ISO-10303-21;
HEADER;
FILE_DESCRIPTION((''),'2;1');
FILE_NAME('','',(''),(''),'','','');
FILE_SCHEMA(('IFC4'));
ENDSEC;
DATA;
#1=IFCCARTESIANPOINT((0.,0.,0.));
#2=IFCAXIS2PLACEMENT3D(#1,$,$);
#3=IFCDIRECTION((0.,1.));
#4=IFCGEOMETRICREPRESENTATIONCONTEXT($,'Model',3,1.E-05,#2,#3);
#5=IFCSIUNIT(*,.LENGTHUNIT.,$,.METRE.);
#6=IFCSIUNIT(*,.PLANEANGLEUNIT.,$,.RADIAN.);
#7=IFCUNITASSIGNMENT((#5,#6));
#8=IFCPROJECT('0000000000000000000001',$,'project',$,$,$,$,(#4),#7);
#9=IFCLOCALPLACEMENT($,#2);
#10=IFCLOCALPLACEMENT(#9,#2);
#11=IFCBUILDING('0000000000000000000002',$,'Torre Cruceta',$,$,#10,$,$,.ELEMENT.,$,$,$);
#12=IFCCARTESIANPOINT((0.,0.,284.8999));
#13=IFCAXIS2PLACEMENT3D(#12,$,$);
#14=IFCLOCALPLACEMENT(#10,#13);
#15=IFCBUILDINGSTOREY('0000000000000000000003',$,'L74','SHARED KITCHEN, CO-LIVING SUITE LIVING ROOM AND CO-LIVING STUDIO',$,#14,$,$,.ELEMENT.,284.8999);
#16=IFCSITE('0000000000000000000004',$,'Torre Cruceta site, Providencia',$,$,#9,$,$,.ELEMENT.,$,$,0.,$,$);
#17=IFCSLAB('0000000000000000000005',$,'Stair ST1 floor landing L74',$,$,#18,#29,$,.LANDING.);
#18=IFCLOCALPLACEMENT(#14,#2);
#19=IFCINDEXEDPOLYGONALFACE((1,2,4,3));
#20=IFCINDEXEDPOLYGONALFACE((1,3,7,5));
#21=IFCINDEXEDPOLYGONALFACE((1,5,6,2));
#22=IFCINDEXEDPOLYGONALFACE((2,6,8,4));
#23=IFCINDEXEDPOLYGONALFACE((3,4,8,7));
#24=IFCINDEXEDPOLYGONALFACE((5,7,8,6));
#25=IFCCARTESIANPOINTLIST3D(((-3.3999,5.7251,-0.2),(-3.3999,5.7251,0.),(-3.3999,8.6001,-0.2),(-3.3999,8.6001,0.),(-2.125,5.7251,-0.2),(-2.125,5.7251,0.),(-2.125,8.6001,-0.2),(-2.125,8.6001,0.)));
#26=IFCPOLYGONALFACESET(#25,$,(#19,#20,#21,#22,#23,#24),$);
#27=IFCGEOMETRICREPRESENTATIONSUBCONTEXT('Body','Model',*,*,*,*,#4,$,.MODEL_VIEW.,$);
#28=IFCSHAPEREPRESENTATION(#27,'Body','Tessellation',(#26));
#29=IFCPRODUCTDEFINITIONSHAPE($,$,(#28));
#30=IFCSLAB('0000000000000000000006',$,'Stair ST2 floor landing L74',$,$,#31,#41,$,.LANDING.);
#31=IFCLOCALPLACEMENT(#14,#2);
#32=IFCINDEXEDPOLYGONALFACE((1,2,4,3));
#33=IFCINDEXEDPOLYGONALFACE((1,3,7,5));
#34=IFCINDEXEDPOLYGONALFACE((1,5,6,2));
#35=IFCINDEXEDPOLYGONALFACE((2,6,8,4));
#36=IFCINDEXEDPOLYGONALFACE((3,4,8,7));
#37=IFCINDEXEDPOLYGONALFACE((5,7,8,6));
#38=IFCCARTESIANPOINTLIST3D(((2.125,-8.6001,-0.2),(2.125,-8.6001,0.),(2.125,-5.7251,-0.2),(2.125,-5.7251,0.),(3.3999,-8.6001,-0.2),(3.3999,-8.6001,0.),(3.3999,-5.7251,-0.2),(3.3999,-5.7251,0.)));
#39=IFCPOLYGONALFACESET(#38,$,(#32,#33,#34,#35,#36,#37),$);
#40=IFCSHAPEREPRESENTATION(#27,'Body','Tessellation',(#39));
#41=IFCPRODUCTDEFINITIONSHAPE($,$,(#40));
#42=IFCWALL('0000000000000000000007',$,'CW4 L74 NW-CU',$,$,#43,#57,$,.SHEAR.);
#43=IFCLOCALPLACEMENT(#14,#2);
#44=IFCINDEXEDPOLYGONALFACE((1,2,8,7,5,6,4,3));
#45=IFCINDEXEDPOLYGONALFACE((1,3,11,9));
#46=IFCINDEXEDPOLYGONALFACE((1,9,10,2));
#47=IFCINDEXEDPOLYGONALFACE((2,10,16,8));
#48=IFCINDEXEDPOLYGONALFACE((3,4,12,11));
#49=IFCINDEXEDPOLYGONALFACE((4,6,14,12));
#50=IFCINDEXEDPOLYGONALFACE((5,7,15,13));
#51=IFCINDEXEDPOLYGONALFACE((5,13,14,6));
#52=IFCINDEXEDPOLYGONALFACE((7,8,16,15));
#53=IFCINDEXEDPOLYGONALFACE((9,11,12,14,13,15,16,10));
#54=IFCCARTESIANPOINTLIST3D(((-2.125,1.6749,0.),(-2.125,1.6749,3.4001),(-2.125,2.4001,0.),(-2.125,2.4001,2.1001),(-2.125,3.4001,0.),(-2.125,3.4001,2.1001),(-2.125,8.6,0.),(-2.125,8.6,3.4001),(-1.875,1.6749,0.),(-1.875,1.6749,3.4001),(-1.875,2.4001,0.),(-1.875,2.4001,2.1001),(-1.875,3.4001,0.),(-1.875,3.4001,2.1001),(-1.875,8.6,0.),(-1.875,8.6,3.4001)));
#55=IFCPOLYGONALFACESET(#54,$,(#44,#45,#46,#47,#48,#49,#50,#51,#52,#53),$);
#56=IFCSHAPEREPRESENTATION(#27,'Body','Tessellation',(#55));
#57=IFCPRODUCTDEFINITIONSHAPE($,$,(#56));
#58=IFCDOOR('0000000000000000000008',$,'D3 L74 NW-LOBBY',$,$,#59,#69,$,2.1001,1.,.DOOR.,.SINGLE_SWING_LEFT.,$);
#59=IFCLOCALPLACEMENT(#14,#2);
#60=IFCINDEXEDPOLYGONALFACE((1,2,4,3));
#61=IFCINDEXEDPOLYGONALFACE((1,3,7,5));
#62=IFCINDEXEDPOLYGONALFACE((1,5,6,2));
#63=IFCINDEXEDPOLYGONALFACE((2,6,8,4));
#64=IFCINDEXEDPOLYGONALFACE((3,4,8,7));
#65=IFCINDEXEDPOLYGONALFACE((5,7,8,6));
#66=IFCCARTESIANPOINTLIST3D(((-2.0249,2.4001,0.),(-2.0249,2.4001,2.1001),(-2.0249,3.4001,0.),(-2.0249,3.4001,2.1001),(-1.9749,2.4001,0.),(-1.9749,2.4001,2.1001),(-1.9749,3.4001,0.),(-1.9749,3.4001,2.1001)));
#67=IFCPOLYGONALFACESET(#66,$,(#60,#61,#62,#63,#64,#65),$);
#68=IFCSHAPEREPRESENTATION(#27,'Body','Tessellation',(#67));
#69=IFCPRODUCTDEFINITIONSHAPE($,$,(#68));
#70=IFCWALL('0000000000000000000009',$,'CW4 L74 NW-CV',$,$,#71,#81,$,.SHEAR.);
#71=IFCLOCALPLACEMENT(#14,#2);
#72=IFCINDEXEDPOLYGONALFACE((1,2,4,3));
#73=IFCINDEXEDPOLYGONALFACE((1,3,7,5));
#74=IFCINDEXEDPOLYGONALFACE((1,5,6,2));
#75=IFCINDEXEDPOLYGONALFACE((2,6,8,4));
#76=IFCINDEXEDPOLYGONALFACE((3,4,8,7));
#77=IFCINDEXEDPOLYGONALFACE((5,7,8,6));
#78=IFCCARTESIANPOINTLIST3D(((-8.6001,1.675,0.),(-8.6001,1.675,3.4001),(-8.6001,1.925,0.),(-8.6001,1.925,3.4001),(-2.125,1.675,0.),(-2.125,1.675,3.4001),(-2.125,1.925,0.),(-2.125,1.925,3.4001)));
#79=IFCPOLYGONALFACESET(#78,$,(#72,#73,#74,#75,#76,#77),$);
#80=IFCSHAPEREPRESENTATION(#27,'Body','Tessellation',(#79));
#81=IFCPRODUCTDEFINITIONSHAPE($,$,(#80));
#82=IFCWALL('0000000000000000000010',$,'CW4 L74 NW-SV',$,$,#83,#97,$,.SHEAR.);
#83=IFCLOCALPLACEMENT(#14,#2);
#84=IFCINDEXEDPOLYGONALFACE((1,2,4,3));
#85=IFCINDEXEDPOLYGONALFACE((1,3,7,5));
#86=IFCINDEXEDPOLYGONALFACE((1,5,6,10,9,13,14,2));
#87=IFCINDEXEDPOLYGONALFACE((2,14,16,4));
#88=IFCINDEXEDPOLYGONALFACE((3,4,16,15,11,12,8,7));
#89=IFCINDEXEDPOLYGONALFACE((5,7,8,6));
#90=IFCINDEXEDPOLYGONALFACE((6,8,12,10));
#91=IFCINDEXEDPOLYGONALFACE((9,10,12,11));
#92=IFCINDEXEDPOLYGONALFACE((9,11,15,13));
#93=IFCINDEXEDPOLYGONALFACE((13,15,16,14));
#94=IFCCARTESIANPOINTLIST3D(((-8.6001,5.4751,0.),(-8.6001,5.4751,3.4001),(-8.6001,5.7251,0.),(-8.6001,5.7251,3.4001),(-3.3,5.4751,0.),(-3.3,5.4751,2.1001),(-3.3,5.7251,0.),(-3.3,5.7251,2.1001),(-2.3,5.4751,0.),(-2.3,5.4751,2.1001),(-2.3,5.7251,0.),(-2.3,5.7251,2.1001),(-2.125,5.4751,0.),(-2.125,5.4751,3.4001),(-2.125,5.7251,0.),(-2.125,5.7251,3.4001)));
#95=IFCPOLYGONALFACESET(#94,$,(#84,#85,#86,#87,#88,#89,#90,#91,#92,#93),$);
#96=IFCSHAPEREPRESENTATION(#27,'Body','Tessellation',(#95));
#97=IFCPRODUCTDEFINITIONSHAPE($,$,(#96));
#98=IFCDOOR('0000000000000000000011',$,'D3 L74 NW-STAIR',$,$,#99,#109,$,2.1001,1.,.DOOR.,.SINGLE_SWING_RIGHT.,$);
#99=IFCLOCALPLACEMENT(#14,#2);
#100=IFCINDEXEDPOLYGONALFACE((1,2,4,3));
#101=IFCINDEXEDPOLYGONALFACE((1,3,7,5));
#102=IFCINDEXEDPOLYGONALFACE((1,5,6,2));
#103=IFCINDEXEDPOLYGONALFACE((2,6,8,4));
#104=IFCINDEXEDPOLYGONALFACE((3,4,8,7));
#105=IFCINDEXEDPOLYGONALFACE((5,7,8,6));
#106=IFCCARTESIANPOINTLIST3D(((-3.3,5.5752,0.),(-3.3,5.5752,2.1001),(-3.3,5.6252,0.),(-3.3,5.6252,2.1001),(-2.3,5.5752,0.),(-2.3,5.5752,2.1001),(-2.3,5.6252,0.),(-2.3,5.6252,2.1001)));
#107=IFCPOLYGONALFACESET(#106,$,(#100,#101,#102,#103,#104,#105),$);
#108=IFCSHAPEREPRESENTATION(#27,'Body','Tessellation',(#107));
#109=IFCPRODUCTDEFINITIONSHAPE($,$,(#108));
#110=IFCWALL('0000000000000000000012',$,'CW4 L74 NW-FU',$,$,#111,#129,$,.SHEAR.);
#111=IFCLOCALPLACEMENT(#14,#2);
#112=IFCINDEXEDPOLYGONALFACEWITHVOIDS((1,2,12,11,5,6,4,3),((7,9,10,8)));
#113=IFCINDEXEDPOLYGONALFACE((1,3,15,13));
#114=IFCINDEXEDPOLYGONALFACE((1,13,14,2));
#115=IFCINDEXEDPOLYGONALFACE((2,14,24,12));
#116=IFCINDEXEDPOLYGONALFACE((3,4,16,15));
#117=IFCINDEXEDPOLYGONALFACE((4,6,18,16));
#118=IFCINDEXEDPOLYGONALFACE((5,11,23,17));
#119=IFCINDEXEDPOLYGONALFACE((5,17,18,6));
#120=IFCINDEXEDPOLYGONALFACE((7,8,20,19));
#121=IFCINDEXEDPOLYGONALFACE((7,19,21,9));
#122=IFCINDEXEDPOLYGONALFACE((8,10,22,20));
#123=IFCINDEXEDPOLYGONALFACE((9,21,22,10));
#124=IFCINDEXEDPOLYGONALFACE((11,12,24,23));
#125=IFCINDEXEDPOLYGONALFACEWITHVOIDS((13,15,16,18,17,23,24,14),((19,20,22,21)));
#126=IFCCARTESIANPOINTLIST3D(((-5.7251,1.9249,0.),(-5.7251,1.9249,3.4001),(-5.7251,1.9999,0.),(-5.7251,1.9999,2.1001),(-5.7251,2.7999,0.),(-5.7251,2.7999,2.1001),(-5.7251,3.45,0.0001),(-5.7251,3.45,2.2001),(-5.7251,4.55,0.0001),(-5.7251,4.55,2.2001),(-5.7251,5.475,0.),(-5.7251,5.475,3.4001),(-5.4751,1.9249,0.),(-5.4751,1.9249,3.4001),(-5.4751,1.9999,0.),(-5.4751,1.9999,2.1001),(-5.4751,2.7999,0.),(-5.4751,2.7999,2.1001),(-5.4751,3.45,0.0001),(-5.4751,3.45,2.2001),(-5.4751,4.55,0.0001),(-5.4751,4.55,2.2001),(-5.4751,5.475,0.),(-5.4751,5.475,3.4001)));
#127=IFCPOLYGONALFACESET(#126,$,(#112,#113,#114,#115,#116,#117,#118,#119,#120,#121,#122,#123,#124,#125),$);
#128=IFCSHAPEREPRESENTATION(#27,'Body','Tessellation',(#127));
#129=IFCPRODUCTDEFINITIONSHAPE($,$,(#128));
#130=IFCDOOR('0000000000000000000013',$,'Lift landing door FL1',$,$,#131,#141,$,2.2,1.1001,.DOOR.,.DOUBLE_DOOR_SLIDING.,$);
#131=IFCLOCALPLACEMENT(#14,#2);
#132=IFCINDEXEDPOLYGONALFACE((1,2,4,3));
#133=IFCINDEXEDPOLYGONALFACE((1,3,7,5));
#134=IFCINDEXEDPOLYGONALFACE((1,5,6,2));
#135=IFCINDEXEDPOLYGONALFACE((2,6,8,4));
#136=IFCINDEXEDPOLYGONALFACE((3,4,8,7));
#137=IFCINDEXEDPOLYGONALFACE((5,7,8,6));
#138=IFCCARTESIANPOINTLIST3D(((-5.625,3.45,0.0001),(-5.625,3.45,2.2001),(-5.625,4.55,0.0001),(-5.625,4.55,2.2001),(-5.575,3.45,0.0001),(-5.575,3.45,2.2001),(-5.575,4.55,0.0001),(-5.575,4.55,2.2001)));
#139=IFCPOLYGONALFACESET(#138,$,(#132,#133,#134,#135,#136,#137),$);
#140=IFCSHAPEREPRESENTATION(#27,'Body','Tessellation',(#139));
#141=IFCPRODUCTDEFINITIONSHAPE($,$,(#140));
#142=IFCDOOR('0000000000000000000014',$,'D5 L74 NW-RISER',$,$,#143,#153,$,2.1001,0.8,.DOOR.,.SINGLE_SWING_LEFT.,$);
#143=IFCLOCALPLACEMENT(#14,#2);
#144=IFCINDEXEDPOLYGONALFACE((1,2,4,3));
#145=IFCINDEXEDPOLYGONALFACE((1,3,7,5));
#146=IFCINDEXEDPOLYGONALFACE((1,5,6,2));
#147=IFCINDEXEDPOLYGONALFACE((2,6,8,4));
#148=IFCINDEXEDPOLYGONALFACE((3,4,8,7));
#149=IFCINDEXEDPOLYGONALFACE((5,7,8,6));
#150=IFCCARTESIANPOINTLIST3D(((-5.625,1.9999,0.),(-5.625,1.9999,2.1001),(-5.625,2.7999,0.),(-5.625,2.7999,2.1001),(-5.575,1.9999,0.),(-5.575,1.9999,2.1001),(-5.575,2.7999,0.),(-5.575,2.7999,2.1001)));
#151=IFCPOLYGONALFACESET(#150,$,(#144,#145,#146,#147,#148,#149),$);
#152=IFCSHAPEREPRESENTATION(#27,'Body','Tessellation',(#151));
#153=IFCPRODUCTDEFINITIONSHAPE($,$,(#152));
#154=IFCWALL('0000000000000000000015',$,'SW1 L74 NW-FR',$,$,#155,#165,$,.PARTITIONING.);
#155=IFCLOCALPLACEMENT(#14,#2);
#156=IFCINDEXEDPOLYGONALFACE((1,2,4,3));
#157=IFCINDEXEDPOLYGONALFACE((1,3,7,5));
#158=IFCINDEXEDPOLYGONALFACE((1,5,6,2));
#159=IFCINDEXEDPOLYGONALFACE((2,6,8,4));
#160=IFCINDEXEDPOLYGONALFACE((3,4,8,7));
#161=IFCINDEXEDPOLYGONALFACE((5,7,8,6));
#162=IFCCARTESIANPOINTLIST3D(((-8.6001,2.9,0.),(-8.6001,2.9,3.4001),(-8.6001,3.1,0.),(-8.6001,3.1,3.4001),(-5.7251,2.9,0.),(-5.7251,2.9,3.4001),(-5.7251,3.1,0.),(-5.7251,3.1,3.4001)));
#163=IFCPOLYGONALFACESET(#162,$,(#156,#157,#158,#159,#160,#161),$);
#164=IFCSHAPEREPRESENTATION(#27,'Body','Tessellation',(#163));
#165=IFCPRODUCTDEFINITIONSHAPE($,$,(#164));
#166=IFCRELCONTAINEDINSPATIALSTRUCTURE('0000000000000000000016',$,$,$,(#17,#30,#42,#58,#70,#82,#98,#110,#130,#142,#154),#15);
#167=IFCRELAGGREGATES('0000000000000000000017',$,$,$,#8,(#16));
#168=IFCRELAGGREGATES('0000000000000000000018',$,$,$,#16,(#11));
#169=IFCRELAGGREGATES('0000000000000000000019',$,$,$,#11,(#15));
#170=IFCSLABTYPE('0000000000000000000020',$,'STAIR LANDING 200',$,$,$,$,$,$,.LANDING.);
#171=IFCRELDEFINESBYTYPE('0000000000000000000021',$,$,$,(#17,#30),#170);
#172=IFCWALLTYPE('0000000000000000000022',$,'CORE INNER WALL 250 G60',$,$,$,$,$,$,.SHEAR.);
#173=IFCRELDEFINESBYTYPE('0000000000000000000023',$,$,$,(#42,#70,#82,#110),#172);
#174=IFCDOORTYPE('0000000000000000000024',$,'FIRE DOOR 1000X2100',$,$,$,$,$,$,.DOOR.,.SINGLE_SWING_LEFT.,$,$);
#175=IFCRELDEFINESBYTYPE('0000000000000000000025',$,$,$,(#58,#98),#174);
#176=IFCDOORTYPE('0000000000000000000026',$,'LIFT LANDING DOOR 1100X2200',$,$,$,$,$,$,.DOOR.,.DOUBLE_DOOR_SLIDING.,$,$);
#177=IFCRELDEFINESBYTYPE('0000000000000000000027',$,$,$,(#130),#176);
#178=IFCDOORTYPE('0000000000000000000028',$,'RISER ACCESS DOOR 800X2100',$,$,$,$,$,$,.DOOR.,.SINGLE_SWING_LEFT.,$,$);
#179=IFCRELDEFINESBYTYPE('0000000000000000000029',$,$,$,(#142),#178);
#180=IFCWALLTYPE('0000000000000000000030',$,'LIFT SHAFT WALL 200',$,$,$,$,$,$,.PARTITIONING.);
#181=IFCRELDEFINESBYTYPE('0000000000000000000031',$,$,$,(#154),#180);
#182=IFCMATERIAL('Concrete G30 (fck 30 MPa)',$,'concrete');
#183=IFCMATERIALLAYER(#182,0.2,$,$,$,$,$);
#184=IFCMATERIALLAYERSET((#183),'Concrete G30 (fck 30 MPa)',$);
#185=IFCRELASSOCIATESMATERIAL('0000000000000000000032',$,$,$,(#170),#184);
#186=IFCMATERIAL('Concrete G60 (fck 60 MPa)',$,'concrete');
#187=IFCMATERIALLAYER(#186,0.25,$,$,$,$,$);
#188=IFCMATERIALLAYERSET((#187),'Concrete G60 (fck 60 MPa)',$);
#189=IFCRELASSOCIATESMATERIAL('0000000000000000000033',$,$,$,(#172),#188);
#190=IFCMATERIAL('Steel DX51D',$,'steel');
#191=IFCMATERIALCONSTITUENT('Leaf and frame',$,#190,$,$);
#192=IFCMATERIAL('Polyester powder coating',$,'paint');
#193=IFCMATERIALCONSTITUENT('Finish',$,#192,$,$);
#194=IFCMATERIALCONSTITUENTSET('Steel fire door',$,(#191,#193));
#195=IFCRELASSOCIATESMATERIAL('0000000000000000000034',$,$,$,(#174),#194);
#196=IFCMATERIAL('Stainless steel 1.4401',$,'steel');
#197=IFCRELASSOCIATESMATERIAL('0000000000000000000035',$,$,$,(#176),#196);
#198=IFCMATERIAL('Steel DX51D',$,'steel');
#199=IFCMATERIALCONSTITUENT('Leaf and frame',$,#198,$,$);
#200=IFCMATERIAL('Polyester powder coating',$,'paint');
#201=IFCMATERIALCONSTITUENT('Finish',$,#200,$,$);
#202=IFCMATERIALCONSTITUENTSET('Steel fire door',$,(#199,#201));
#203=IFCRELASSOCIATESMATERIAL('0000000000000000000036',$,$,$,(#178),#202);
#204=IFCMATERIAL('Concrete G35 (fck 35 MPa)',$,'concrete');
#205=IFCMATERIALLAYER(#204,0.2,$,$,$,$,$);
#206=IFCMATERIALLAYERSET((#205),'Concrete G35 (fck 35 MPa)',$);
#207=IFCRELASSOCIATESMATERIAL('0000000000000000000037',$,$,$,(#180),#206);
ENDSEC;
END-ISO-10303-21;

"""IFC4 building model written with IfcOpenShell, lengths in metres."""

from ifc_helpers import new_model, si_unit, direction, frame, frame_2d, origin, place, context, subcontext, project, spatial, polyline, rectangle, outline, extrude, material, layer, layer_set, constituent, constituent_set, type_object, element, fill, save


model = new_model("IFC4")

# Units and contexts
model_context = context("Model", 3, precision=1e-05, world=origin(), true_north=direction((0.0, 1.0)))
body_context = subcontext(model_context, "Body", "Model", "MODEL_VIEW")
ifc_project = project(units=[si_unit("LENGTHUNIT", "METRE"), si_unit("PLANEANGLEUNIT", "RADIAN")], contexts=[model_context])

# Site, building, storey
site_placement = place(None, origin())
site = spatial("IfcSite", under=ifc_project, at=site_placement, Name="Torre Cruceta site, Providencia", CompositionType="ELEMENT", RefElevation=0.0)
building_placement = place(site_placement, origin())
building = spatial("IfcBuilding", under=site, at=building_placement, Name="Torre Cruceta", CompositionType="ELEMENT")
storey_placement = place(building_placement, frame((0.0, 0.0, 284.8999)))
storey = spatial("IfcBuildingStorey", under=building, at=storey_placement, Name="L74", Description="SHARED KITCHEN, CO-LIVING SUITE LIVING ROOM AND CO-LIVING STUDIO", CompositionType="ELEMENT", Elevation=284.8999)

# Shared definitions
ifc_material_1 = material(Name="Concrete G30 (fck 30 MPa)", Category="concrete")
ifc_layer_1 = layer(ifc_material_1, 0.2)
ifc_layer_set_1 = layer_set([ifc_layer_1], Name="Concrete G30 (fck 30 MPa)")
slab_type_1 = type_object("IfcSlabType", Name="STAIR LANDING 200", PredefinedType="LANDING", material=ifc_layer_set_1)

# Slabs
slab_1_placement = place(storey_placement, frame((0.0, 0.0, -0.2)))
element("IfcSlab", 1, at=slab_1_placement, inside=storey, type_object=slab_type_1, Name="Stair ST1 floor landing L74", PredefinedType="LANDING", context=body_context, shape_type="SweptSolid", body=[
    extrude(outline(polyline([(-2.125, 8.6001), (-2.125, 5.7251), (-3.3999, 5.7251), (-3.3999, 8.6001), (-2.125, 8.6001)])), origin(), (0.0, 0.0, 1.0), 0.2),
])
slab_2_placement = place(storey_placement, frame((0.0, 0.0, -0.2)))
element("IfcSlab", 2, at=slab_2_placement, inside=storey, type_object=slab_type_1, Name="Stair ST2 floor landing L74", PredefinedType="LANDING", context=body_context, shape_type="SweptSolid", body=[
    extrude(outline(polyline([(2.125, -8.6001), (2.125, -5.7251), (3.3999, -5.7251), (3.3999, -8.6001), (2.125, -8.6001)])), origin(), (0.0, 0.0, 1.0), 0.2),
])

# Wall, opening, door
ifc_material_2 = material(Name="Concrete G60 (fck 60 MPa)", Category="concrete")
ifc_layer_2 = layer(ifc_material_2, 0.25)
ifc_layer_set_2 = layer_set([ifc_layer_2], Name="Concrete G60 (fck 60 MPa)")
wall_type_1 = type_object("IfcWallType", Name="CORE INNER WALL 250 G60", PredefinedType="SHEAR", material=ifc_layer_set_2)
wall_1_placement = place(storey_placement, frame((-2.0, 1.675, 0.0), z_axis=(0.0, 0.0, 1.0), x_axis=(0.0, 1.0, 0.0)))
wall_1 = element("IfcWall", 3, at=wall_1_placement, inside=storey, type_object=wall_type_1, Name="CW4 L74 NW-CU", PredefinedType="SHEAR", context=body_context, shape_type="SweptSolid", body=[
    extrude(rectangle(XDim=6.925, YDim=0.25, at=frame_2d((3.4624, 0.0))), origin(), (0.0, 0.0, 1.0), 3.4001),
])
opening_1_placement = place(wall_1_placement, frame((0.7251, 0.0, 0.0)))
opening_1 = element("IfcOpeningElement", 4, at=opening_1_placement, cuts=wall_1, PredefinedType="OPENING", context=body_context, shape_type="SweptSolid", body=[
    extrude(rectangle(XDim=1.0, YDim=2.1001, at=frame_2d((0.5, 1.05))), frame((0.0, 0.135, 0.0), z_axis=(0.0, -1.0, 0.0), x_axis=(1.0, 0.0, 0.0)), (0.0, 0.0, 1.0), 0.27),
])
ifc_material_3 = material(Name="Steel DX51D", Category="steel")
ifc_constituent_1 = constituent(ifc_material_3, Name="Leaf and frame")
ifc_material_4 = material(Name="Polyester powder coating", Category="paint")
ifc_constituent_2 = constituent(ifc_material_4, Name="Finish")
ifc_constituent_set_1 = constituent_set(constituents=[ifc_constituent_1, ifc_constituent_2], Name="Steel fire door")
door_type_1 = type_object("IfcDoorType", Name="FIRE DOOR 1000X2100", OperationType="SINGLE_SWING_LEFT", PredefinedType="DOOR", material=ifc_constituent_set_1)
door_1_placement = place(opening_1_placement, origin())
door_1 = element("IfcDoor", 5, at=door_1_placement, inside=storey, type_object=door_type_1, Name="D3 L74 NW-LOBBY", OperationType="SINGLE_SWING_LEFT", OverallHeight=2.1001, OverallWidth=1.0, PredefinedType="DOOR", context=body_context, shape_type="SweptSolid", body=[
    extrude(rectangle(XDim=1.0, YDim=2.1001, at=frame_2d((0.5, 1.05))), frame((0.0, 0.0249, 0.0), z_axis=(0.0, -1.0, 0.0), x_axis=(1.0, 0.0, 0.0)), (0.0, 0.0, 1.0), 0.05),
])
fill(opening_1, door_1)

# Wall
wall_2_placement = place(storey_placement, frame((-2.125, 1.8, 0.0), z_axis=(0.0, 0.0, 1.0), x_axis=(-1.0, 0.0, 0.0)))
element("IfcWall", 6, at=wall_2_placement, inside=storey, type_object=wall_type_1, Name="CW4 L74 NW-CV", PredefinedType="SHEAR", context=body_context, shape_type="SweptSolid", body=[
    extrude(rectangle(XDim=6.4751, YDim=0.25, at=frame_2d((3.2375, 0.0))), origin(), (0.0, 0.0, 1.0), 3.4001),
])

# Wall, opening, door
wall_3_placement = place(storey_placement, frame((-2.125, 5.6001, 0.0), z_axis=(0.0, 0.0, 1.0), x_axis=(-1.0, 0.0, 0.0)))
wall_3 = element("IfcWall", 7, at=wall_3_placement, inside=storey, type_object=wall_type_1, Name="CW4 L74 NW-SV", PredefinedType="SHEAR", context=body_context, shape_type="SweptSolid", body=[
    extrude(rectangle(XDim=6.4751, YDim=0.25, at=frame_2d((3.2375, 0.0))), origin(), (0.0, 0.0, 1.0), 3.4001),
])
opening_2_placement = place(wall_3_placement, frame((0.175, 0.0, 0.0)))
opening_2 = element("IfcOpeningElement", 8, at=opening_2_placement, cuts=wall_3, PredefinedType="OPENING", context=body_context, shape_type="SweptSolid", body=[
    extrude(rectangle(XDim=1.0, YDim=2.1001, at=frame_2d((0.5, 1.05))), frame((0.0, 0.135, 0.0), z_axis=(0.0, -1.0, 0.0), x_axis=(1.0, 0.0, 0.0)), (0.0, 0.0, 1.0), 0.27),
])
door_2_placement = place(opening_2_placement, frame((1.0, 0.0, 0.0), z_axis=(0.0, 0.0, 1.0), x_axis=(-1.0, 0.0, 0.0)))
door_2 = element("IfcDoor", 9, at=door_2_placement, inside=storey, type_object=door_type_1, Name="D3 L74 NW-STAIR", OperationType="SINGLE_SWING_RIGHT", OverallHeight=2.1001, OverallWidth=1.0, PredefinedType="DOOR", context=body_context, shape_type="SweptSolid", body=[
    extrude(rectangle(XDim=1.0, YDim=2.1001, at=frame_2d((0.5, 1.05))), frame((0.0, 0.0251, 0.0), z_axis=(0.0, -1.0, 0.0), x_axis=(1.0, 0.0, 0.0)), (0.0, 0.0, 1.0), 0.05),
])
fill(opening_2, door_2)

# Wall, openings, doors
wall_4_placement = place(storey_placement, frame((-5.6001, 1.925, 0.0), z_axis=(0.0, 0.0, 1.0), x_axis=(0.0, 1.0, 0.0)))
wall_4 = element("IfcWall", 10, at=wall_4_placement, inside=storey, type_object=wall_type_1, Name="CW4 L74 NW-FU", PredefinedType="SHEAR", context=body_context, shape_type="SweptSolid", body=[
    extrude(rectangle(XDim=3.55, YDim=0.25, at=frame_2d((1.7749, 0.0))), origin(), (0.0, 0.0, 1.0), 3.4001),
])
opening_3_placement = place(wall_4_placement, frame((1.5249, 0.0, 0.0)))
opening_3 = element("IfcOpeningElement", 11, at=opening_3_placement, cuts=wall_4, PredefinedType="OPENING", context=body_context, shape_type="SweptSolid", body=[
    extrude(rectangle(XDim=1.1001, YDim=2.2, at=frame_2d((0.55, 1.1001))), frame((0.0, 0.135, 0.0), z_axis=(0.0, -1.0, 0.0), x_axis=(1.0, 0.0, 0.0)), (0.0, 0.0, 1.0), 0.27),
])
opening_4_placement = place(wall_4_placement, frame((0.075, 0.0, 0.0)))
opening_4 = element("IfcOpeningElement", 12, at=opening_4_placement, cuts=wall_4, PredefinedType="OPENING", context=body_context, shape_type="SweptSolid", body=[
    extrude(rectangle(XDim=0.8, YDim=2.1001, at=frame_2d((0.3999, 1.05))), frame((0.0, 0.135, 0.0), z_axis=(0.0, -1.0, 0.0), x_axis=(1.0, 0.0, 0.0)), (0.0, 0.0, 1.0), 0.27),
])
ifc_material_5 = material(Name="Stainless steel 1.4401", Category="steel")
door_type_2 = type_object("IfcDoorType", Name="LIFT LANDING DOOR 1100X2200", OperationType="DOUBLE_DOOR_SLIDING", PredefinedType="DOOR", material=ifc_material_5)
door_3_placement = place(opening_3_placement, origin())
door_3 = element("IfcDoor", 13, at=door_3_placement, inside=storey, type_object=door_type_2, Name="Lift landing door FL1", OperationType="DOUBLE_DOOR_SLIDING", OverallHeight=2.2, OverallWidth=1.1001, PredefinedType="DOOR", context=body_context, shape_type="SweptSolid", body=[
    extrude(rectangle(XDim=1.1001, YDim=2.2, at=frame_2d((0.55, 1.1001))), frame((0.0, 0.0249, 0.0), z_axis=(0.0, -1.0, 0.0), x_axis=(1.0, 0.0, 0.0)), (0.0, 0.0, 1.0), 0.05),
])
fill(opening_3, door_3)
ifc_material_6 = material(Name="Steel DX51D", Category="steel")
ifc_constituent_3 = constituent(ifc_material_6, Name="Leaf and frame")
ifc_material_7 = material(Name="Polyester powder coating", Category="paint")
ifc_constituent_4 = constituent(ifc_material_7, Name="Finish")
ifc_constituent_set_2 = constituent_set(constituents=[ifc_constituent_3, ifc_constituent_4], Name="Steel fire door")
door_type_3 = type_object("IfcDoorType", Name="RISER ACCESS DOOR 800X2100", OperationType="SINGLE_SWING_LEFT", PredefinedType="DOOR", material=ifc_constituent_set_2)
door_4_placement = place(opening_4_placement, origin())
door_4 = element("IfcDoor", 14, at=door_4_placement, inside=storey, type_object=door_type_3, Name="D5 L74 NW-RISER", OperationType="SINGLE_SWING_LEFT", OverallHeight=2.1001, OverallWidth=0.8, PredefinedType="DOOR", context=body_context, shape_type="SweptSolid", body=[
    extrude(rectangle(XDim=0.8, YDim=2.1001, at=frame_2d((0.3999, 1.05))), frame((0.0, 0.0249, 0.0), z_axis=(0.0, -1.0, 0.0), x_axis=(1.0, 0.0, 0.0)), (0.0, 0.0, 1.0), 0.05),
])
fill(opening_4, door_4)

# Wall
ifc_material_8 = material(Name="Concrete G35 (fck 35 MPa)", Category="concrete")
ifc_layer_3 = layer(ifc_material_8, 0.2)
ifc_layer_set_3 = layer_set([ifc_layer_3], Name="Concrete G35 (fck 35 MPa)")
wall_type_2 = type_object("IfcWallType", Name="LIFT SHAFT WALL 200", PredefinedType="PARTITIONING", material=ifc_layer_set_3)
wall_5_placement = place(storey_placement, frame((-5.7251, 3.0, 0.0), z_axis=(0.0, 0.0, 1.0), x_axis=(-1.0, 0.0, 0.0)))
element("IfcWall", 15, at=wall_5_placement, inside=storey, type_object=wall_type_2, Name="SW1 L74 NW-FR", PredefinedType="PARTITIONING", context=body_context, shape_type="SweptSolid", body=[
    extrude(rectangle(XDim=2.875, YDim=0.2, at=frame_2d((1.4375, 0.0))), origin(), (0.0, 0.0, 1.0), 3.4001),
])

save(model, "model.ifc")
